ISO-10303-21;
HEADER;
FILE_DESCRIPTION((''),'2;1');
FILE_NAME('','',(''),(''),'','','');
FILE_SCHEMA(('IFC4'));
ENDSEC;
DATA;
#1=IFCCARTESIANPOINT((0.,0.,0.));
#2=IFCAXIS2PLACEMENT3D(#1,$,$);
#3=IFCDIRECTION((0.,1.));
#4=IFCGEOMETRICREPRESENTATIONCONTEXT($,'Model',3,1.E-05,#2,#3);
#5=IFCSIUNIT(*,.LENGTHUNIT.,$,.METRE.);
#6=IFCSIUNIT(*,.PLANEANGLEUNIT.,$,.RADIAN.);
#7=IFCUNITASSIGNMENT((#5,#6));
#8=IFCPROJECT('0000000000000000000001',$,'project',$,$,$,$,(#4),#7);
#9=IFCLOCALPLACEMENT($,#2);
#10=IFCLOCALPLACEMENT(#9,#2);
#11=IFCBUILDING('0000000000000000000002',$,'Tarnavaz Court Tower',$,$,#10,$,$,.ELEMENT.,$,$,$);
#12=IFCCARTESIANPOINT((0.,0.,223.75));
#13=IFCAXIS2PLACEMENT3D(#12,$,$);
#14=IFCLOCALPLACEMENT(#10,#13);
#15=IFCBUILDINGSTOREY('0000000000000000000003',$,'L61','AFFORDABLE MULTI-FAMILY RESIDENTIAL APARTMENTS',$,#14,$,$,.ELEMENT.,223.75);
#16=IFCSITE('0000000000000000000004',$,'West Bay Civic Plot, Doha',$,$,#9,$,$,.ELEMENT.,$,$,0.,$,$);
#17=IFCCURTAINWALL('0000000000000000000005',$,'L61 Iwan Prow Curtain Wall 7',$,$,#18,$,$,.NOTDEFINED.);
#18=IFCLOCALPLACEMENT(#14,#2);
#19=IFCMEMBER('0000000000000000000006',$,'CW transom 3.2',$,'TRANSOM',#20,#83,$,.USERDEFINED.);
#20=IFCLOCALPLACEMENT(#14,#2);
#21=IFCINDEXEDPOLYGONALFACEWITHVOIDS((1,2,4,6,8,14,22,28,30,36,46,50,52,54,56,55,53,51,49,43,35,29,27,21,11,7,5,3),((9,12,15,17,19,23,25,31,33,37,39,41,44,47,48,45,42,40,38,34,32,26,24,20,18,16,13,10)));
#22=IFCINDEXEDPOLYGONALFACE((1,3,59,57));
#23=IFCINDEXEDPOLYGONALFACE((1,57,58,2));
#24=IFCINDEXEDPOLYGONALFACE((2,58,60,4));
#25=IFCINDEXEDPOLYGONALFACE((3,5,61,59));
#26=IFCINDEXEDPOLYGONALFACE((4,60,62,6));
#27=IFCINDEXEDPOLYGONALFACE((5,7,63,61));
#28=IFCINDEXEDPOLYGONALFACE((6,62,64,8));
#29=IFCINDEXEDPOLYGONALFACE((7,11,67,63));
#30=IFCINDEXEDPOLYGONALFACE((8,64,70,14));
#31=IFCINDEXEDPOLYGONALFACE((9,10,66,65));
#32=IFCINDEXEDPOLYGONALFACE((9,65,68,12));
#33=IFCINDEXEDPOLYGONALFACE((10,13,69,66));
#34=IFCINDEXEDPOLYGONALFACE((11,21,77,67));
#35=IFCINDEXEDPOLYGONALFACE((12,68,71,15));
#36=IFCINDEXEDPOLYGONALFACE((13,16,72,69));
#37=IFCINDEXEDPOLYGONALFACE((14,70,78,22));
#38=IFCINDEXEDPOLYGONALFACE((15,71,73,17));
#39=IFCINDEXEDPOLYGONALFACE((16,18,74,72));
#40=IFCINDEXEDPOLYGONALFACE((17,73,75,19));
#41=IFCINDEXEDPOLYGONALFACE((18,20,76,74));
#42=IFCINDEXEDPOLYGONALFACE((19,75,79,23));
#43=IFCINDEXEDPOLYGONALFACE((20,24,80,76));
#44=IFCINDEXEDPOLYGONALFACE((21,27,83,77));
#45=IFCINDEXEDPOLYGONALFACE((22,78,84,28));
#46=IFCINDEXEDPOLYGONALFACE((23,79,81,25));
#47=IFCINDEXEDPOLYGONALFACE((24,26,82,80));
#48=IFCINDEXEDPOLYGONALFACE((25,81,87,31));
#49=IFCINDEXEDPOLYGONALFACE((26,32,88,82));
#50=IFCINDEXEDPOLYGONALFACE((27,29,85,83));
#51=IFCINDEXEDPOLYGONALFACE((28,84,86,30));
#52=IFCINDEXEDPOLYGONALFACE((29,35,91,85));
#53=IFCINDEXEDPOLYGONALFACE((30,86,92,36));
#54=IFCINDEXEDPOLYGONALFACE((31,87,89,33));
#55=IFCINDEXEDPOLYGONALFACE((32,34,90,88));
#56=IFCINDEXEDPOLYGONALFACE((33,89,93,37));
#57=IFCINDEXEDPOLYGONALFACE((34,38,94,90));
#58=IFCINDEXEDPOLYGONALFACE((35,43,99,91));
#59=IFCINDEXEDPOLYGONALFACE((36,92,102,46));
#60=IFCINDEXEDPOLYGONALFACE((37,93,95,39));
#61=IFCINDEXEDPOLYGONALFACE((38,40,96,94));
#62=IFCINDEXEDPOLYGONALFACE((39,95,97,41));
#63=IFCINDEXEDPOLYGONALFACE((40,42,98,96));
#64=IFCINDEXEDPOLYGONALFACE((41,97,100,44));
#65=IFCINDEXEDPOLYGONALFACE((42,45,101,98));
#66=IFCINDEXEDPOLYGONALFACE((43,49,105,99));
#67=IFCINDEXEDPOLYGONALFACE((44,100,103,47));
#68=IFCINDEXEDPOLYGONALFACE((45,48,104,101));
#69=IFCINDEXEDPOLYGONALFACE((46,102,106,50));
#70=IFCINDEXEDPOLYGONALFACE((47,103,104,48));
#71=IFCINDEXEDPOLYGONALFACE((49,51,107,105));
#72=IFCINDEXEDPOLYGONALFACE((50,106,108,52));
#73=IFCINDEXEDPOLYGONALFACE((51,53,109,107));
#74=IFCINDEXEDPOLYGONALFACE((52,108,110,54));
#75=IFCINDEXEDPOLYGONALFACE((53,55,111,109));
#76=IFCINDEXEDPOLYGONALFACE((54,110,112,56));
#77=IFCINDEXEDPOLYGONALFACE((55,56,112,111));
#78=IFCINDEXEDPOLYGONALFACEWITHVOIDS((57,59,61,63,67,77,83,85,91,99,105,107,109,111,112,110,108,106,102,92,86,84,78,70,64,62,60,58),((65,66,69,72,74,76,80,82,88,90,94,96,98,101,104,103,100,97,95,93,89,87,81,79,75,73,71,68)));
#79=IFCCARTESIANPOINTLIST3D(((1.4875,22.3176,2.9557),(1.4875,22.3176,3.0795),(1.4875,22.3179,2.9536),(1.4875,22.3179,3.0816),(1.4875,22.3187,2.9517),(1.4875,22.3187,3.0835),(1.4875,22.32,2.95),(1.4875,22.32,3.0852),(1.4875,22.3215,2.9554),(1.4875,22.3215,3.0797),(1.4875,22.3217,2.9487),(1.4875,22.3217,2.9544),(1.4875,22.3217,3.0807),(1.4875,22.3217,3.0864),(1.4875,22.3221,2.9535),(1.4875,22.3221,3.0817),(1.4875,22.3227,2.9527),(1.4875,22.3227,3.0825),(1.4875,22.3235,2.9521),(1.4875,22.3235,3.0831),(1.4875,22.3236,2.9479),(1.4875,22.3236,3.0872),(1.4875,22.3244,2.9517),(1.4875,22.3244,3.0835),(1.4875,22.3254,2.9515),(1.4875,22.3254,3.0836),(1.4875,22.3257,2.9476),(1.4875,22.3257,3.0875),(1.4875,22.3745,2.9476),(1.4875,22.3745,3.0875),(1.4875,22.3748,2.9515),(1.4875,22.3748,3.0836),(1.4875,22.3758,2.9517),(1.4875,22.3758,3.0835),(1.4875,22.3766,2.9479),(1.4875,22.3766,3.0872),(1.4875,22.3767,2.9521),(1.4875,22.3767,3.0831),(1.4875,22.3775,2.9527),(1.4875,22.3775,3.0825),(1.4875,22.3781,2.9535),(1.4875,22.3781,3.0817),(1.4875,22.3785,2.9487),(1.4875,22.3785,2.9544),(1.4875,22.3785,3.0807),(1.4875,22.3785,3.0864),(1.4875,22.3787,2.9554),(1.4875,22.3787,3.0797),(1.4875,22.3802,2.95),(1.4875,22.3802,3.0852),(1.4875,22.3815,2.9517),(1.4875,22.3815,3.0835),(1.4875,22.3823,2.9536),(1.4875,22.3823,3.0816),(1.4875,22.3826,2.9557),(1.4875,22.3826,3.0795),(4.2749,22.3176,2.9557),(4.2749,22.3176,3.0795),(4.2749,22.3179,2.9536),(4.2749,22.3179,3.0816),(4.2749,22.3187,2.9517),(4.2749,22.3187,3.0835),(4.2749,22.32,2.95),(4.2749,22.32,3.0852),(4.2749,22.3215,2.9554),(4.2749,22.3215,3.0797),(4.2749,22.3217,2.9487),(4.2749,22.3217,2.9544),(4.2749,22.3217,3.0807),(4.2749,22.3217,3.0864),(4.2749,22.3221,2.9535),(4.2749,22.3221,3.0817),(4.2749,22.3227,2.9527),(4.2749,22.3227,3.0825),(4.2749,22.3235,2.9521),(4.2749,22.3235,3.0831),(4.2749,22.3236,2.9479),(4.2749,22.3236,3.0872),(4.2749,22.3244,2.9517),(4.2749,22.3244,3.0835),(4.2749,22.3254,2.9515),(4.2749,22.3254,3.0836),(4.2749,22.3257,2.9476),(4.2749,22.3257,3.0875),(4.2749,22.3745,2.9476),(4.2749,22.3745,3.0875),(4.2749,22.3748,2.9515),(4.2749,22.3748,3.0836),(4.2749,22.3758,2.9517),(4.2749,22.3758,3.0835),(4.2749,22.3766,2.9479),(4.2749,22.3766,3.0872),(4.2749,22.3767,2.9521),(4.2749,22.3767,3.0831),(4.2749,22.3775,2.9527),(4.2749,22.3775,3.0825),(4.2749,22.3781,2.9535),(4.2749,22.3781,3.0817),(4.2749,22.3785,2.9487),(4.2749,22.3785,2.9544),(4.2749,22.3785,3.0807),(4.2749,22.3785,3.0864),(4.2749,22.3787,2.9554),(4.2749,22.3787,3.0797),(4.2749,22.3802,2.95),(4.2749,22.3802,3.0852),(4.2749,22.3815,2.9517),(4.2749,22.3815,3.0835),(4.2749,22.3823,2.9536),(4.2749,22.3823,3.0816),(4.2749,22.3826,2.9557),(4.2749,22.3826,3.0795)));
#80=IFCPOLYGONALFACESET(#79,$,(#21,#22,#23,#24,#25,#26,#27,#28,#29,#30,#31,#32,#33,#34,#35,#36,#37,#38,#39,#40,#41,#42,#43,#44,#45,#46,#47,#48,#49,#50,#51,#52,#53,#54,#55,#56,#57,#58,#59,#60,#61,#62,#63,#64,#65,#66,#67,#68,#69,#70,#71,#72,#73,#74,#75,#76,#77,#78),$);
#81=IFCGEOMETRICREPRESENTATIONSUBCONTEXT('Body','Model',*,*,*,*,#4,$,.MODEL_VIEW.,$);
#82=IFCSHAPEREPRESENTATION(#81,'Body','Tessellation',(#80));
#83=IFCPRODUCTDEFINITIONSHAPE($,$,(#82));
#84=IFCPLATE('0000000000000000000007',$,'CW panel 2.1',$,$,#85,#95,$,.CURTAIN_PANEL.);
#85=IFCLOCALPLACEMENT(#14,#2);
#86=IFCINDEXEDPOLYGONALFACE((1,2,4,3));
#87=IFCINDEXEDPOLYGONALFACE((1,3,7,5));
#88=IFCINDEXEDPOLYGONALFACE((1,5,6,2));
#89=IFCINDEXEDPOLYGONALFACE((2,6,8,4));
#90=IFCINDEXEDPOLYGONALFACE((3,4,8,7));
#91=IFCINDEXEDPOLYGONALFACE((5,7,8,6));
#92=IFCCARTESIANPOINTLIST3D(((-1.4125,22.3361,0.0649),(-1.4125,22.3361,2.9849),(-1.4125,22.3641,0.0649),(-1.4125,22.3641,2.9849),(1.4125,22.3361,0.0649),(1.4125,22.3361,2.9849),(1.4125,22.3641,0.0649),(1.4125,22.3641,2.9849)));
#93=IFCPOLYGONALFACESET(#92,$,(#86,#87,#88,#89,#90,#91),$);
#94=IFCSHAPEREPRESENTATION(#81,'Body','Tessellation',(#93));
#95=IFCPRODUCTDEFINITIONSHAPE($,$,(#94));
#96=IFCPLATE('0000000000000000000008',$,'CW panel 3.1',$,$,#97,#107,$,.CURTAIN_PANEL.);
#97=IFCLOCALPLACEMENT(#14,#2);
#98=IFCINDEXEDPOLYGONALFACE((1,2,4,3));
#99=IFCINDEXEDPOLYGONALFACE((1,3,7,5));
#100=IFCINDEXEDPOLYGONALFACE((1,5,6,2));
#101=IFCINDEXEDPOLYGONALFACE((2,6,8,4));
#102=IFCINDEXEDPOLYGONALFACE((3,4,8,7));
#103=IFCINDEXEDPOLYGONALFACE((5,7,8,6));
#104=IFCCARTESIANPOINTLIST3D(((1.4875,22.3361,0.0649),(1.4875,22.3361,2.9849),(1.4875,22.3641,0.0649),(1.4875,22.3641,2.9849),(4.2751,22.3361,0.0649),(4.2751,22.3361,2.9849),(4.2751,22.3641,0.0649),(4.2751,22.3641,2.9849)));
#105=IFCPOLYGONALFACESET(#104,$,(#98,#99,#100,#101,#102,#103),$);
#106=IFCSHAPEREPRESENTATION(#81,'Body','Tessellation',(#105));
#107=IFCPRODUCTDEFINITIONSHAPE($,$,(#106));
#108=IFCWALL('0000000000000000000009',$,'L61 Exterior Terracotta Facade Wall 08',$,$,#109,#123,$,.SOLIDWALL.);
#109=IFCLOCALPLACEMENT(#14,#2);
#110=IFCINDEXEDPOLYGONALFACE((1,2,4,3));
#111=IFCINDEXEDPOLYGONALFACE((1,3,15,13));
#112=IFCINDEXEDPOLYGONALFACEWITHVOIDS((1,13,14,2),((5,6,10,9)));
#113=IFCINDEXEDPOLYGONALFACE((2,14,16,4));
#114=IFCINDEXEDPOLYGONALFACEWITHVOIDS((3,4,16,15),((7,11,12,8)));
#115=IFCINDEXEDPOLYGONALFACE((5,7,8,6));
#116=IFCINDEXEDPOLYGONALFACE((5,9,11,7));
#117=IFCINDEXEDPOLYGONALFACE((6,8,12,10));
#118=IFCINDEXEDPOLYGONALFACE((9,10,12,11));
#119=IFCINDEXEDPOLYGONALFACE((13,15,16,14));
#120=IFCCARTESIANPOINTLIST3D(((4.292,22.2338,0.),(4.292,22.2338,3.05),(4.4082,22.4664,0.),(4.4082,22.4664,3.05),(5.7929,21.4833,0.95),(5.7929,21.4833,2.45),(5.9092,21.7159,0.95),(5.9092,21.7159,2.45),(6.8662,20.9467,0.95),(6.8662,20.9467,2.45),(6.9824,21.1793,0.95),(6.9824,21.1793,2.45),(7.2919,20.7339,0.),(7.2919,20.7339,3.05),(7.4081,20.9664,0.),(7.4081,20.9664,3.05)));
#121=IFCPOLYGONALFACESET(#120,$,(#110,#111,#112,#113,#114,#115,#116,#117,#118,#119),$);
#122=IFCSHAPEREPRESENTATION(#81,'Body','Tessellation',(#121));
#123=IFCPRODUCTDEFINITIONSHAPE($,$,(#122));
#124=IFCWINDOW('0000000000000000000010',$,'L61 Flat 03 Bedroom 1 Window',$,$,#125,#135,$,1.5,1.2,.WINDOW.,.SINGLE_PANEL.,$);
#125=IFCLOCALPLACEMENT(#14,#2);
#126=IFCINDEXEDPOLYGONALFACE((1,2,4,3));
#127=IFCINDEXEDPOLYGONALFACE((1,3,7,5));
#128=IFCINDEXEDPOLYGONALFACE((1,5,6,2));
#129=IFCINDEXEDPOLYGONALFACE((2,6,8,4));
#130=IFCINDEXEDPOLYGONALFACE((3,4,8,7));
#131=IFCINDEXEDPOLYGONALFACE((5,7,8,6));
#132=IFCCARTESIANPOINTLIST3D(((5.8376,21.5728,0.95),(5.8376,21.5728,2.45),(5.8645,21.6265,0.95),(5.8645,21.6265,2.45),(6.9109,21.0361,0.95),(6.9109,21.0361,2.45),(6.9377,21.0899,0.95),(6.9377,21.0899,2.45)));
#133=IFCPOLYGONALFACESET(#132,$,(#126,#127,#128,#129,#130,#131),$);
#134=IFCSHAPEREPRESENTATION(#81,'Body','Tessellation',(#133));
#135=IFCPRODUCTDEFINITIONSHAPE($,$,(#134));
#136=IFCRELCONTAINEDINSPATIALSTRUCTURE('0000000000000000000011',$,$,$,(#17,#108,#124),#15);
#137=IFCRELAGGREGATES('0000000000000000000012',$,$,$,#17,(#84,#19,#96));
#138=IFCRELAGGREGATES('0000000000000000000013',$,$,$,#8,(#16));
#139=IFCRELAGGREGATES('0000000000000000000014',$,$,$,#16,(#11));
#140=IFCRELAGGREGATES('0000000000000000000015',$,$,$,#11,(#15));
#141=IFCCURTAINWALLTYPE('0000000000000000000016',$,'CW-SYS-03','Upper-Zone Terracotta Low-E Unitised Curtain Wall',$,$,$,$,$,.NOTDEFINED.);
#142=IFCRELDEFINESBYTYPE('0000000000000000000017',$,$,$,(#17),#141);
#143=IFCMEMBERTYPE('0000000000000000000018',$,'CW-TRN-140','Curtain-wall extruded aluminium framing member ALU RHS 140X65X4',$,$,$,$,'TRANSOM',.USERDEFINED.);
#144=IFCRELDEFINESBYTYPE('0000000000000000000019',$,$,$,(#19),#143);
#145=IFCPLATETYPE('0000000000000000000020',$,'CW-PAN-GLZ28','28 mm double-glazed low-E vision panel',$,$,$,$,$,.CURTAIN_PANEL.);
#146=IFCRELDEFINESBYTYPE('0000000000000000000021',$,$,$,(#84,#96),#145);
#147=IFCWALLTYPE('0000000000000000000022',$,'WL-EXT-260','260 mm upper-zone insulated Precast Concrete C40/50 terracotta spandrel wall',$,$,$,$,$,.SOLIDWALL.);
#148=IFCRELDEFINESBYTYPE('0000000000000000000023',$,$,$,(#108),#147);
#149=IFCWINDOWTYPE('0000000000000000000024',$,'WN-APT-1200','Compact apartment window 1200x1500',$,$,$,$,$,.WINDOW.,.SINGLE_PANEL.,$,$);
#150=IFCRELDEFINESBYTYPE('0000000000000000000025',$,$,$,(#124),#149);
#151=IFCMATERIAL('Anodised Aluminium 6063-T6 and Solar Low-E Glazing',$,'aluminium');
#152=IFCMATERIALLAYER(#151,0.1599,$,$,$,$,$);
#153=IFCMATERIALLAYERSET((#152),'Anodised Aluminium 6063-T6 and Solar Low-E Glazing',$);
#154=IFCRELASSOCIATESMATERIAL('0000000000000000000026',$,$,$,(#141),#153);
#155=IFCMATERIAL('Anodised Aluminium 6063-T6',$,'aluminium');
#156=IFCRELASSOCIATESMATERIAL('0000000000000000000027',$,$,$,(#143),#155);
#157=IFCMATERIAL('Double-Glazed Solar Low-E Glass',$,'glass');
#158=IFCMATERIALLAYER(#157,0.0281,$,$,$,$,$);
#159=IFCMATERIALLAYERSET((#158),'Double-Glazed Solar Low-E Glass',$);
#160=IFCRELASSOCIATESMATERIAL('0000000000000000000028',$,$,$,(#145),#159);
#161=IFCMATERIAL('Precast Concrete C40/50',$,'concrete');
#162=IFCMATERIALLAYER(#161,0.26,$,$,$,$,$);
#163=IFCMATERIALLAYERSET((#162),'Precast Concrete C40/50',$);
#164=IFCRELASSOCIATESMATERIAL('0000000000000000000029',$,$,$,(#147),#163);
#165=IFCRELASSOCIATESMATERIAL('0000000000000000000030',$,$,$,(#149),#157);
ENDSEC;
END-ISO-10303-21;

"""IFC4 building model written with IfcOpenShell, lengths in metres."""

from ifc_helpers import new_model, si_unit, direction, frame, frame_2d, origin, origin_2d, place, context, subcontext, project, spatial, rectangle, hollow_rectangle, extrude, material, layer, layer_set, material_profile, profile_set, type_object, element, fill, aggregate, save


model = new_model("IFC4")

# Units and contexts
model_context = context("Model", 3, precision=1e-05, world=origin(), true_north=direction((0.0, 1.0)))
body_context = subcontext(model_context, "Body", "Model", "MODEL_VIEW")
ifc_project = project(units=[si_unit("LENGTHUNIT", "METRE"), si_unit("PLANEANGLEUNIT", "RADIAN")], contexts=[model_context])

# Site, building, storey
site_placement = place(None, origin())
site = spatial("IfcSite", under=ifc_project, at=site_placement, Name="West Bay Civic Plot, Doha", CompositionType="ELEMENT", RefElevation=0.0)
building_placement = place(site_placement, origin())
building = spatial("IfcBuilding", under=site, at=building_placement, Name="Tarnavaz Court Tower", CompositionType="ELEMENT")
storey_placement = place(building_placement, frame((0.0, 0.0, 223.75)))
storey = spatial("IfcBuildingStorey", under=building, at=storey_placement, Name="L61", Description="AFFORDABLE MULTI-FAMILY RESIDENTIAL APARTMENTS", CompositionType="ELEMENT", Elevation=223.75)

# Curtain wall, member, plates
ifc_material_1 = material(Name="Anodised Aluminium 6063-T6 and Solar Low-E Glazing", Category="aluminium")
ifc_layer_1 = layer(ifc_material_1, 0.1599)
ifc_layer_set_1 = layer_set([ifc_layer_1], Name="Anodised Aluminium 6063-T6 and Solar Low-E Glazing")
curtain_wall_type = type_object("IfcCurtainWallType", Name="CW-SYS-03", Description="Upper-Zone Terracotta Low-E Unitised Curtain Wall", PredefinedType="NOTDEFINED", material=ifc_layer_set_1)
curtain_wall_placement = place(storey_placement, origin())
curtain_wall = element("IfcCurtainWall", 1, at=curtain_wall_placement, inside=storey, type_object=curtain_wall_type, Name="L61 Iwan Prow Curtain Wall 7", PredefinedType="NOTDEFINED")
ifc_material_2 = material(Name="Anodised Aluminium 6063-T6", Category="aluminium")
ifc_material_profile_1 = material_profile(ifc_material_2, hollow_rectangle(XDim=0.0649, YDim=0.1399, WallThickness=0.0039, InnerFilletRadius=0.0039, OuterFilletRadius=0.0081, at=origin_2d()), Name="ALU RHS 140X65X4")
ifc_profile_set_1 = profile_set([ifc_material_profile_1], Name="Anodised Aluminium 6063-T6")
member_type_1 = type_object("IfcMemberType", Name="CW-TRN-140", Description="Curtain-wall extruded aluminium framing member ALU RHS 140X65X4", ElementType="TRANSOM", PredefinedType="USERDEFINED", material=ifc_profile_set_1)
member_1_placement = place(storey_placement, frame((1.4875, 22.3501, 3.0176), z_axis=(1.0, 0.0, 0.0), x_axis=(0.0, 1.0, 0.0)))
member_1 = element("IfcMember", 2, at=member_1_placement, type_object=member_type_1, Name="CW transom 3.2", ObjectType="TRANSOM", PredefinedType="USERDEFINED", context=body_context, shape_type="SweptSolid", body=[
    extrude(hollow_rectangle(XDim=0.0649, YDim=0.1399, WallThickness=0.0039, InnerFilletRadius=0.0039, OuterFilletRadius=0.0081, at=origin_2d()), origin(), (0.0, 0.0, 1.0), 2.7874),
])
ifc_material_3 = material(Name="Double-Glazed Solar Low-E Glass", Category="glass")
ifc_layer_2 = layer(ifc_material_3, 0.0281)
ifc_layer_set_2 = layer_set([ifc_layer_2], Name="Double-Glazed Solar Low-E Glass")
plate_type = type_object("IfcPlateType", Name="CW-PAN-GLZ28", Description="28 mm double-glazed low-E vision panel", PredefinedType="CURTAIN_PANEL", material=ifc_layer_set_2)
plate_1_placement = place(storey_placement, frame((0.0, 22.3501, 0.0649), z_axis=(0.0, 0.0, 1.0), x_axis=(1.0, 0.0, 0.0)))
plate_1 = element("IfcPlate", 3, at=plate_1_placement, type_object=plate_type, Name="CW panel 2.1", PredefinedType="CURTAIN_PANEL", context=body_context, shape_type="SweptSolid", body=[
    extrude(rectangle(XDim=2.825, YDim=0.0281, at=origin_2d()), origin(), (0.0, 0.0, 1.0), 2.9199),
])
plate_2_placement = place(storey_placement, frame((2.8813, 22.3501, 0.0649), z_axis=(0.0, 0.0, 1.0), x_axis=(1.0, 0.0, 0.0)))
plate_2 = element("IfcPlate", 4, at=plate_2_placement, type_object=plate_type, Name="CW panel 3.1", PredefinedType="CURTAIN_PANEL", context=body_context, shape_type="SweptSolid", body=[
    extrude(rectangle(XDim=2.7876, YDim=0.0281, at=origin_2d()), origin(), (0.0, 0.0, 1.0), 2.9199),
])
aggregate(curtain_wall, [plate_1, member_1, plate_2])

# Wall, opening, window
ifc_material_4 = material(Name="Precast Concrete C40/50", Category="concrete")
ifc_layer_3 = layer(ifc_material_4, 0.26)
ifc_layer_set_3 = layer_set([ifc_layer_3], Name="Precast Concrete C40/50")
wall_type_1 = type_object("IfcWallType", Name="WL-EXT-260", Description="260 mm upper-zone insulated Precast Concrete C40/50 terracotta spandrel wall", PredefinedType="SOLIDWALL", material=ifc_layer_set_3)
wall_1_placement = place(storey_placement, frame((4.3501, 22.3501, 0.0), z_axis=(0.0, 0.0, 1.0), x_axis=(0.894427, -0.447214, 0.0)))
wall_1 = element("IfcWall", 5, at=wall_1_placement, inside=storey, type_object=wall_type_1, Name="L61 Exterior Terracotta Facade Wall 08", PredefinedType="SOLIDWALL", context=body_context, shape_type="SweptSolid", body=[
    extrude(rectangle(XDim=3.354, YDim=0.26, at=frame_2d((1.677, 0.0))), origin(), (0.0, 0.0, 1.0), 3.05),
])
opening_1_placement = place(wall_1_placement, frame((1.678, 0.0, 0.95)))
opening_1 = element("IfcOpeningElement", 6, at=opening_1_placement, cuts=wall_1, PredefinedType="OPENING", context=body_context, shape_type="SweptSolid", body=[
    extrude(rectangle(XDim=1.2, YDim=1.5, at=frame_2d((0.6001, 0.75))), frame((0.0, 0.1399, 0.0), z_axis=(0.0, -1.0, 0.0), x_axis=(1.0, 0.0, 0.0)), (0.0, 0.0, 1.0), 0.28),
])
window_type_1 = type_object("IfcWindowType", Name="WN-APT-1200", Description="Compact apartment window 1200x1500", PartitioningType="SINGLE_PANEL", PredefinedType="WINDOW", material=ifc_material_3)
window_1_placement = place(opening_1_placement, origin())
window_1 = element("IfcWindow", 7, at=window_1_placement, inside=storey, type_object=window_type_1, Name="L61 Flat 03 Bedroom 1 Window", OverallHeight=1.5, OverallWidth=1.2, PartitioningType="SINGLE_PANEL", PredefinedType="WINDOW", context=body_context, shape_type="SweptSolid", body=[
    extrude(rectangle(XDim=1.2, YDim=1.5, at=frame_2d((0.6001, 0.75))), frame((0.0, 0.03, 0.0), z_axis=(0.0, -1.0, 0.0), x_axis=(1.0, 0.0, 0.0)), (0.0, 0.0, 1.0), 0.0601),
])
fill(opening_1, window_1)

save(model, "model.ifc")
